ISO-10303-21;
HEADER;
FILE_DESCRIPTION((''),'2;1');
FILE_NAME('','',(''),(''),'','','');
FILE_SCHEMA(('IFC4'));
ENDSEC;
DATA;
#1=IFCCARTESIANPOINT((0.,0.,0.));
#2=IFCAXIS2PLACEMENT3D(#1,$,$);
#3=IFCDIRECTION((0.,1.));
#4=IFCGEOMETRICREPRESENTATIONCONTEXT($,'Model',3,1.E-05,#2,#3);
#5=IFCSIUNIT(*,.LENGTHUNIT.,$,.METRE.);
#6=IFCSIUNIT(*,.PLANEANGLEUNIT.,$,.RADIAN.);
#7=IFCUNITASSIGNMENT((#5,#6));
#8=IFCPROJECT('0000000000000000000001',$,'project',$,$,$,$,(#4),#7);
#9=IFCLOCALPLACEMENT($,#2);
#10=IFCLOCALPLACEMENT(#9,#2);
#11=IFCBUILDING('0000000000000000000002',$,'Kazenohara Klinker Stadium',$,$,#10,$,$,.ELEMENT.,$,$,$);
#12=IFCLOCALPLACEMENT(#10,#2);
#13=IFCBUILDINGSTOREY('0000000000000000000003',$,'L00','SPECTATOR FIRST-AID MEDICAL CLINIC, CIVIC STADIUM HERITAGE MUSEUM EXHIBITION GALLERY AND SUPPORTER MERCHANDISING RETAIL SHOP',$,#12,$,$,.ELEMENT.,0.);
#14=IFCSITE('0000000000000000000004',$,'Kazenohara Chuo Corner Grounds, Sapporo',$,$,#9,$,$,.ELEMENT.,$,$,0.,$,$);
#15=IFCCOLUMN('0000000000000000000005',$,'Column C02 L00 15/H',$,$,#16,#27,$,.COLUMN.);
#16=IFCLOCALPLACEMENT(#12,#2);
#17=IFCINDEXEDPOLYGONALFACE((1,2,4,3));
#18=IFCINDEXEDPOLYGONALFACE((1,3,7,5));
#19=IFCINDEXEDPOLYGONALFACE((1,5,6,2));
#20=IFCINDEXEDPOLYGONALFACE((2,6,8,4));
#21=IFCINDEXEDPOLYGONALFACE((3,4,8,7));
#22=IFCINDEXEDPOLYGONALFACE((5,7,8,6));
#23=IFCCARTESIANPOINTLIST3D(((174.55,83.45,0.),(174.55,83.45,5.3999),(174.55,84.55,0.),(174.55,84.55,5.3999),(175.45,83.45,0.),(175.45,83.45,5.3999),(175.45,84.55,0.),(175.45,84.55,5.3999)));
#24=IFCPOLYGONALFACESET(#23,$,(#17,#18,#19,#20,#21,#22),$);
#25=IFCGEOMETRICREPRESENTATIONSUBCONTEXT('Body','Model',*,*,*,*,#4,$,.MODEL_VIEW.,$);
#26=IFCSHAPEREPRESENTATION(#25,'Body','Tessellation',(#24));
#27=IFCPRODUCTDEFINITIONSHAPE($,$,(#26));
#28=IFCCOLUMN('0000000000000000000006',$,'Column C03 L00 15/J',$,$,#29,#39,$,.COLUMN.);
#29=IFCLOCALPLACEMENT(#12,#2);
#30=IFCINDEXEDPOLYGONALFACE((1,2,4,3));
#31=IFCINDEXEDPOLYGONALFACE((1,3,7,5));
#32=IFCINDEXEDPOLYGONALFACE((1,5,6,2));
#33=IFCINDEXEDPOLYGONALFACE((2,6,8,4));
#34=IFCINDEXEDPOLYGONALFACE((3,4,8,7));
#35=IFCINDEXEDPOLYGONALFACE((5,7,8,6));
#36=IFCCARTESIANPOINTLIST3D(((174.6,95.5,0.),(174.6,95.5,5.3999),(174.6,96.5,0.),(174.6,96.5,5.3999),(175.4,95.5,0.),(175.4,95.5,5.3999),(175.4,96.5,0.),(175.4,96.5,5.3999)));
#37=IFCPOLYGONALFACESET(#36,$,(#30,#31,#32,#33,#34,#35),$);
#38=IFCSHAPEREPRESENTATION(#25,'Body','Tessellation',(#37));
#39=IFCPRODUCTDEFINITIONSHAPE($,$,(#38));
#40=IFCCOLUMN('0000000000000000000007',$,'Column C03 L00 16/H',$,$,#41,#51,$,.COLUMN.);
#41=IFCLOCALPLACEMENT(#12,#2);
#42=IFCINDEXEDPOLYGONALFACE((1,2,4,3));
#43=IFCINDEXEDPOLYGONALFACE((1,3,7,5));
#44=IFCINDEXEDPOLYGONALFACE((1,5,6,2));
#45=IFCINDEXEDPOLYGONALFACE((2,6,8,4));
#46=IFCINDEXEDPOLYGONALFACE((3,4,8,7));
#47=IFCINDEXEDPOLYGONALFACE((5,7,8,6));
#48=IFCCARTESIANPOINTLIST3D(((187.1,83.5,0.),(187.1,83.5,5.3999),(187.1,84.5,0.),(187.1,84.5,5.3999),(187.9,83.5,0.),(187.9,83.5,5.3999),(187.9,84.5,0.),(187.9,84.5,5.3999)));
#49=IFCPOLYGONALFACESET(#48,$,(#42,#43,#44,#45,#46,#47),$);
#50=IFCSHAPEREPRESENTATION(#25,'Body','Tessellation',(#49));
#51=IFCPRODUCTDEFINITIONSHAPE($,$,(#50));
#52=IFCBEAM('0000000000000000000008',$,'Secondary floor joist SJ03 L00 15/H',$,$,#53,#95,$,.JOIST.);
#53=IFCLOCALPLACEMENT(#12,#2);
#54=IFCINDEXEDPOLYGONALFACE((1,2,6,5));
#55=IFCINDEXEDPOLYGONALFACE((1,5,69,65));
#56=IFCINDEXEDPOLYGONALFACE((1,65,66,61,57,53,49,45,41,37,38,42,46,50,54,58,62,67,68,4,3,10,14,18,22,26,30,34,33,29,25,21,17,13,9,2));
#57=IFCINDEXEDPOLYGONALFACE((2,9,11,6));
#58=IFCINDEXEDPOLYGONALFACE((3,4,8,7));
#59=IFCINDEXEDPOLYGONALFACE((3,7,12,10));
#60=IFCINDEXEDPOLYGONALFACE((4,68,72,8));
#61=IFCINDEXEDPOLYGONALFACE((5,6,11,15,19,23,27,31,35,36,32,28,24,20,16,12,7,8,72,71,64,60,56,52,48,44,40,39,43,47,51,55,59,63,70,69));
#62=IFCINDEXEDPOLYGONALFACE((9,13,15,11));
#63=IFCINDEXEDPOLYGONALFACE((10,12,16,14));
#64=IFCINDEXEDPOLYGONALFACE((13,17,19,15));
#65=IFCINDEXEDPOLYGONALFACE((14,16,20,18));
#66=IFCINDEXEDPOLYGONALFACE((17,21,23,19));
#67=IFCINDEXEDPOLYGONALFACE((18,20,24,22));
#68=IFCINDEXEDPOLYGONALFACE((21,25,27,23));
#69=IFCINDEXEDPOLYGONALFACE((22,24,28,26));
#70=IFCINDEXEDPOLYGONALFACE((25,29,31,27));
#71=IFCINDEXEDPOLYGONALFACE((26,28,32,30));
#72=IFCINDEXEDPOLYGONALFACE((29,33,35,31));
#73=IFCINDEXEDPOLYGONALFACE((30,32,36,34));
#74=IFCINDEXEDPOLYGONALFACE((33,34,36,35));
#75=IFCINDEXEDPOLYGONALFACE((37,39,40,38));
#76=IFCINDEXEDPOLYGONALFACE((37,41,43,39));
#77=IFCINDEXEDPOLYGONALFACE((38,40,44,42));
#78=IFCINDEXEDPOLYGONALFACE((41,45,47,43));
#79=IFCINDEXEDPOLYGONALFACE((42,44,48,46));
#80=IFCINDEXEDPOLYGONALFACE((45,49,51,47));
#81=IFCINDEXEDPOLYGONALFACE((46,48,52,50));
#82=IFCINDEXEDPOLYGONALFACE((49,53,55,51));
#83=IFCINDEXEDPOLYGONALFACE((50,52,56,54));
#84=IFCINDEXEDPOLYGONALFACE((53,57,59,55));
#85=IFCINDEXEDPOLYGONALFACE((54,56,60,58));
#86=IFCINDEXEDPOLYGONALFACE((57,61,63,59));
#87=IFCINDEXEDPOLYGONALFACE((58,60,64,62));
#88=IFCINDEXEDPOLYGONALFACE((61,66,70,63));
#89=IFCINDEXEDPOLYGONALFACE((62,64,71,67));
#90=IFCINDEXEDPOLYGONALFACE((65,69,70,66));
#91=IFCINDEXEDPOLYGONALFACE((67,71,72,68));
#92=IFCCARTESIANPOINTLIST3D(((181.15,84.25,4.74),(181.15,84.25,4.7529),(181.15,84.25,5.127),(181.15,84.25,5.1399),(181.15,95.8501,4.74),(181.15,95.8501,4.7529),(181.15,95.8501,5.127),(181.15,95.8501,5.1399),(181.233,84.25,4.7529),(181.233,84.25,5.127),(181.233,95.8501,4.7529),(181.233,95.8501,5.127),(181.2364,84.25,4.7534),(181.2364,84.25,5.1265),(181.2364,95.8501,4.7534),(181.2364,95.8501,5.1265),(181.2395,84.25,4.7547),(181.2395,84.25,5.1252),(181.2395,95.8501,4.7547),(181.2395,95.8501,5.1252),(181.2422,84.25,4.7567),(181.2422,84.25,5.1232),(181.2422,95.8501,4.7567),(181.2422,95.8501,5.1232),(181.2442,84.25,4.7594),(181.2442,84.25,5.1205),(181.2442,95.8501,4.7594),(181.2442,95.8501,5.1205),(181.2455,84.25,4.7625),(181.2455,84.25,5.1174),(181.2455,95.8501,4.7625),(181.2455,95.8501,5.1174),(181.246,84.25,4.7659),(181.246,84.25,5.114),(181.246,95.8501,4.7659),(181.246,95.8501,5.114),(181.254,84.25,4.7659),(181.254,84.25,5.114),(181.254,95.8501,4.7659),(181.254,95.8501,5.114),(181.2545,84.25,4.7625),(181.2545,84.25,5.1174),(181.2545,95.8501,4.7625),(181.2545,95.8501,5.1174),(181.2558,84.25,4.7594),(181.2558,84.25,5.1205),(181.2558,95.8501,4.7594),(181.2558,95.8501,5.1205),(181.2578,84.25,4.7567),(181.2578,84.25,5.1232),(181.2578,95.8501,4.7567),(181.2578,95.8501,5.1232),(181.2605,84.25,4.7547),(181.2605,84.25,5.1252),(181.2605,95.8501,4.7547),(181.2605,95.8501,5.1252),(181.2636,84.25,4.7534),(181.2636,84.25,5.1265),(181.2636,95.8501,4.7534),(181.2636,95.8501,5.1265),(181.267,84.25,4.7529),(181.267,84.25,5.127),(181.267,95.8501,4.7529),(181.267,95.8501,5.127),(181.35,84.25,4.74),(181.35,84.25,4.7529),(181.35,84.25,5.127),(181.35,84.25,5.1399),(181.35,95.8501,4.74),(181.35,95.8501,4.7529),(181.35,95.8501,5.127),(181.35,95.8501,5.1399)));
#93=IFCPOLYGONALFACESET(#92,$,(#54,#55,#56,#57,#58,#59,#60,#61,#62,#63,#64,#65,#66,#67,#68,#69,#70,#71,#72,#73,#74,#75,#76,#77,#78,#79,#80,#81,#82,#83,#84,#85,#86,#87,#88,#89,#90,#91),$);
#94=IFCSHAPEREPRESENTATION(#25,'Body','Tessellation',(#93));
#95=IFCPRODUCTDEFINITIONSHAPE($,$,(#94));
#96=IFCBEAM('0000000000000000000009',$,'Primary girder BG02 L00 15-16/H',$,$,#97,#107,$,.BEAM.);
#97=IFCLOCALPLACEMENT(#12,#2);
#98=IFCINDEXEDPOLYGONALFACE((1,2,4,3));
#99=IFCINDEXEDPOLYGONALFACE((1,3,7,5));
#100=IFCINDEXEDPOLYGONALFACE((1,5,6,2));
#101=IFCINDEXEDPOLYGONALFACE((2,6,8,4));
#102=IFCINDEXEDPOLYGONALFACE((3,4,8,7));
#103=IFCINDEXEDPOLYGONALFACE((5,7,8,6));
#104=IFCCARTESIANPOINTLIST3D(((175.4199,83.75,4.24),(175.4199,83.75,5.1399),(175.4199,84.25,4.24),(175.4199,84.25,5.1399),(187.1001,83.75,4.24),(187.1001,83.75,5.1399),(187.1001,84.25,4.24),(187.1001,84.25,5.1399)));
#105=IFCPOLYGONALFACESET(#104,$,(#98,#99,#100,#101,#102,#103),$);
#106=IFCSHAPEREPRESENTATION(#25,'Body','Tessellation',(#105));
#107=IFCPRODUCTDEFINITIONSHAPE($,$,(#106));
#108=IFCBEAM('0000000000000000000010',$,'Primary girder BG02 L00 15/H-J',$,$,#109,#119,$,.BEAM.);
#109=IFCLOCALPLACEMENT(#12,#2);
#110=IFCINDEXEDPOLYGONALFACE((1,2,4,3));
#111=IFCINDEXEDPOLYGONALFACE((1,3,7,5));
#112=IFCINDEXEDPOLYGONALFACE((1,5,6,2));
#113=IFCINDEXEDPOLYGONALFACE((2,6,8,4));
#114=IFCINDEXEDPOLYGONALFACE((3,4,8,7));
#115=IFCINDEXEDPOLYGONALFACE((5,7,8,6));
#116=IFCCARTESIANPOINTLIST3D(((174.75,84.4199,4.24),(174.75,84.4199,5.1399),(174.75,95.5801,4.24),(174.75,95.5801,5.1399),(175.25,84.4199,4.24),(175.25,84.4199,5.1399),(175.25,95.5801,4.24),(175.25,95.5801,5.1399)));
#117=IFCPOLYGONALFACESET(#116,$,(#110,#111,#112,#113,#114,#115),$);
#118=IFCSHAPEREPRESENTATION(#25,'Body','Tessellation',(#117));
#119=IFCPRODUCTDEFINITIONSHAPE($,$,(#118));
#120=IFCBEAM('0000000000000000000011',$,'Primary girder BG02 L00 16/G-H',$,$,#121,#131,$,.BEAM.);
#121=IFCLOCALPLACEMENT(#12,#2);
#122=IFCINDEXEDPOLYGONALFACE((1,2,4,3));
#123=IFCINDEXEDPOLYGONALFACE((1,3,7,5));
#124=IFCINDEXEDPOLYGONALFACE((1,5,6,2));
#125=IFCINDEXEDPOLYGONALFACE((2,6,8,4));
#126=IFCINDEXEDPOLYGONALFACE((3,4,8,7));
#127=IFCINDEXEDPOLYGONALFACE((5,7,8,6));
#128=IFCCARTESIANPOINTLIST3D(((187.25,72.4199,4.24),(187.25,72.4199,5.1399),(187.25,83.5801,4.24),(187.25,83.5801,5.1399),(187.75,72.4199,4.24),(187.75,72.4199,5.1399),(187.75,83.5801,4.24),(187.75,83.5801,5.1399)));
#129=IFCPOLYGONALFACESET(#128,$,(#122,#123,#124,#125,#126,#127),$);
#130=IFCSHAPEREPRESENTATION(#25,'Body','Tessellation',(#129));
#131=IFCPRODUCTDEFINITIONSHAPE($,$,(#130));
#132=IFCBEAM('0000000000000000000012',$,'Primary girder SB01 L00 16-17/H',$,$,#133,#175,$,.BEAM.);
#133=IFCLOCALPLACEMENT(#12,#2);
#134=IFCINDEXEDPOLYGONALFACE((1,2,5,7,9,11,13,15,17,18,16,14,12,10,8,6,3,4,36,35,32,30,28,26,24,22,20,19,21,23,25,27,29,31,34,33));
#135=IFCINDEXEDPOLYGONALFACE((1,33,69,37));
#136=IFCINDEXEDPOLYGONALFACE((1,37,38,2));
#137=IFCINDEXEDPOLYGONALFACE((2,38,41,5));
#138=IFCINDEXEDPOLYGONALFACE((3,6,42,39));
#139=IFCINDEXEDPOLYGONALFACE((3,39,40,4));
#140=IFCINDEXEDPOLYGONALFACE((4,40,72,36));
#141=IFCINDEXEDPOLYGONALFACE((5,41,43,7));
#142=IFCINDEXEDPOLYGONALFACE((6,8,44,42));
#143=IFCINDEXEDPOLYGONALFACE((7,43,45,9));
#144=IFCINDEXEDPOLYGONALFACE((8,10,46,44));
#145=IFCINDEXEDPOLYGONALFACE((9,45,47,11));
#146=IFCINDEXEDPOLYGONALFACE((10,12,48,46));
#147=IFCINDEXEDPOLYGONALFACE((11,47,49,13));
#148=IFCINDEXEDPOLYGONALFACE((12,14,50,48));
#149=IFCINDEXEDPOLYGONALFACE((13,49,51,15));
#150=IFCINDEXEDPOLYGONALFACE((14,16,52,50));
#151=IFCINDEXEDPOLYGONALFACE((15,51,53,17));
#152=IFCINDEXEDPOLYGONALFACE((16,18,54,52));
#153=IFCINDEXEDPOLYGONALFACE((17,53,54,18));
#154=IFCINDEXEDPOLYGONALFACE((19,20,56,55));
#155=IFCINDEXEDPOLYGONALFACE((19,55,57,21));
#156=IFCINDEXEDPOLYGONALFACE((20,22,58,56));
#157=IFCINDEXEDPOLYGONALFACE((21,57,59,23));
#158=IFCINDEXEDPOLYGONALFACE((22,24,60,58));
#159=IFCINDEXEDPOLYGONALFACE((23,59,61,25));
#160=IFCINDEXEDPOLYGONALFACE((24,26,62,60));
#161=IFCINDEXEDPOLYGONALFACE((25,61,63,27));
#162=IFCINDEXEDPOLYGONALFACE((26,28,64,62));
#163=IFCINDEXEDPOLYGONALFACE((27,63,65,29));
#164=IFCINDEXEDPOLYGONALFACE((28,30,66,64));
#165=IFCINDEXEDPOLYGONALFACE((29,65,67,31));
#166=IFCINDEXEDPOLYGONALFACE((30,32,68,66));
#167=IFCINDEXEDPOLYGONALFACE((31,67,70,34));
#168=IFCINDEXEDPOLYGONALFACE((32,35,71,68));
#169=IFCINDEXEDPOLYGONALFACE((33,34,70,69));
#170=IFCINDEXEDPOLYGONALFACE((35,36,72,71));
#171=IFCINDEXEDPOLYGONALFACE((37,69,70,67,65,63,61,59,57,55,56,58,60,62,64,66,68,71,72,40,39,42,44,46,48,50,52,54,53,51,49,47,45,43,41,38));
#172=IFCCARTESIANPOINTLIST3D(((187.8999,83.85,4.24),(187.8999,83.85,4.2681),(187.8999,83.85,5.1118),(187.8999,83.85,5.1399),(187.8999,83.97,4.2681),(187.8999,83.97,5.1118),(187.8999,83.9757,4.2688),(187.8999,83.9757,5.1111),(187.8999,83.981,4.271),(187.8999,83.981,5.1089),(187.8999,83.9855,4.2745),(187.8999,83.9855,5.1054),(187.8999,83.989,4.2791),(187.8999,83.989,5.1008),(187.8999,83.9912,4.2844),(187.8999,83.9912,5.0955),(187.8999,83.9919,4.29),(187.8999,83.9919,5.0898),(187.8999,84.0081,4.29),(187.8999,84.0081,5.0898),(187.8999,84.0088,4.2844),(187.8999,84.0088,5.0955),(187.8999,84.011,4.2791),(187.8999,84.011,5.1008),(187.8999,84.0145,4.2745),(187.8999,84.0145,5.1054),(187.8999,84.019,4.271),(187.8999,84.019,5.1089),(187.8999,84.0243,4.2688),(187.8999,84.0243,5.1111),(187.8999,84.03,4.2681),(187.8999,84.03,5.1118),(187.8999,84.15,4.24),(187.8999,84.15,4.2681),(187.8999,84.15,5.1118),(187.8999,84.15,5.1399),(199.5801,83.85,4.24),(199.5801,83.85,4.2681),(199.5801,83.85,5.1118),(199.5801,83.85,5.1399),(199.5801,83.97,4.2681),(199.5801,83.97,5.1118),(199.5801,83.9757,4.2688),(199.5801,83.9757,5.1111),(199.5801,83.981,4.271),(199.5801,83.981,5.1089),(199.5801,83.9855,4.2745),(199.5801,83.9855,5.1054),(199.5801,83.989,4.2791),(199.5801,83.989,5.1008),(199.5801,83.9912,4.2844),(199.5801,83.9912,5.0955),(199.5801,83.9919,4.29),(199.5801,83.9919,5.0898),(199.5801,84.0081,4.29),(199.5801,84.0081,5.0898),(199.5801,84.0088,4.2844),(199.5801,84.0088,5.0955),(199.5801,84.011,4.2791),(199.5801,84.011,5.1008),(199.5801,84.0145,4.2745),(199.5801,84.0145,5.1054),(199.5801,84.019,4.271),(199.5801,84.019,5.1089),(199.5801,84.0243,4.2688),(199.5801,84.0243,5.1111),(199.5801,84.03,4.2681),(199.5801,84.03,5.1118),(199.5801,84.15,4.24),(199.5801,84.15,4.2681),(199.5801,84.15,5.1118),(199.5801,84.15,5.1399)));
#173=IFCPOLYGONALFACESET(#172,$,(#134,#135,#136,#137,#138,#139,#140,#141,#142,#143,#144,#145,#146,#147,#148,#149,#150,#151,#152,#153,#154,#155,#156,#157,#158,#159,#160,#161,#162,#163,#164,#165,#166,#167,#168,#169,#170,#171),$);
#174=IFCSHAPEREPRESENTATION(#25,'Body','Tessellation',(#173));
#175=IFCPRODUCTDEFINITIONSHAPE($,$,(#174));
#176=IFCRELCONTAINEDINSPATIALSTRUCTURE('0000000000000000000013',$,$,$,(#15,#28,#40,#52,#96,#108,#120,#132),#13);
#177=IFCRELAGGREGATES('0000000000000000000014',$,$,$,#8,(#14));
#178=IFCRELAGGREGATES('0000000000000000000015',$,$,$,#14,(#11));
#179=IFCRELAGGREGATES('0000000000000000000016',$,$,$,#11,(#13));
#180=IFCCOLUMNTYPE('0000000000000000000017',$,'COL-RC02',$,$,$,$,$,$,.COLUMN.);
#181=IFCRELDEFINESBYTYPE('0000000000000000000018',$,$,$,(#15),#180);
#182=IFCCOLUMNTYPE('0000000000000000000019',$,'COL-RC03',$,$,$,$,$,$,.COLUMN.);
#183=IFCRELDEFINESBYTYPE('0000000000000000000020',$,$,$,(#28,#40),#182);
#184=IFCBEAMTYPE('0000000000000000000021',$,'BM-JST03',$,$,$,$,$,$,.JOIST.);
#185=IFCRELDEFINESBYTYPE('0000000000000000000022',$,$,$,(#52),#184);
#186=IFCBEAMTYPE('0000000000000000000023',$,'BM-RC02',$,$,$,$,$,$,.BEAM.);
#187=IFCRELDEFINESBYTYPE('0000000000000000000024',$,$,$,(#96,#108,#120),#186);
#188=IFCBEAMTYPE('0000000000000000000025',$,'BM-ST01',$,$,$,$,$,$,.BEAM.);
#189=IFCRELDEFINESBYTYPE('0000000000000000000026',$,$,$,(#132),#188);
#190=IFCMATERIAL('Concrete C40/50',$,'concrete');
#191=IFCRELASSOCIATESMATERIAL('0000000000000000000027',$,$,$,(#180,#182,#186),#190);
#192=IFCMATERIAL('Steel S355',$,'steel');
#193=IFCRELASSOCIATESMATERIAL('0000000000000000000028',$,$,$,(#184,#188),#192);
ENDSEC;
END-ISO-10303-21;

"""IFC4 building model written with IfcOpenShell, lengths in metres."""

from ifc_helpers import new_model, si_unit, direction, frame, origin, origin_2d, place, context, subcontext, project, spatial, rectangle, i_section, extrude, material, material_profile, profile_set, type_object, element, save


model = new_model("IFC4")

# Units and contexts
model_context = context("Model", 3, precision=1e-05, world=origin(), true_north=direction((0.0, 1.0)))
body_context = subcontext(model_context, "Body", "Model", "MODEL_VIEW")
ifc_project = project(units=[si_unit("LENGTHUNIT", "METRE"), si_unit("PLANEANGLEUNIT", "RADIAN")], contexts=[model_context])

# Site, building, storey
site_placement = place(None, origin())
site = spatial("IfcSite", under=ifc_project, at=site_placement, Name="Kazenohara Chuo Corner Grounds, Sapporo", CompositionType="ELEMENT", RefElevation=0.0)
building_placement = place(site_placement, origin())
building = spatial("IfcBuilding", under=site, at=building_placement, Name="Kazenohara Klinker Stadium", CompositionType="ELEMENT")
storey_placement = place(building_placement, origin())
storey = spatial("IfcBuildingStorey", under=building, at=storey_placement, Name="L00", Description="SPECTATOR FIRST-AID MEDICAL CLINIC, CIVIC STADIUM HERITAGE MUSEUM EXHIBITION GALLERY AND SUPPORTER MERCHANDISING RETAIL SHOP", CompositionType="ELEMENT", Elevation=0.0)

# Columns
ifc_material_1 = material(Name="Concrete C40/50", Category="concrete")
ifc_material_profile_1 = material_profile(ifc_material_1, rectangle(XDim=0.8999, YDim=1.1001, at=origin_2d()), Name="RC-COL-1100x900")
ifc_profile_set_1 = profile_set([ifc_material_profile_1], Name="Concrete C40/50")
column_type_1 = type_object("IfcColumnType", Name="COL-RC02", PredefinedType="COLUMN", material=ifc_profile_set_1)
column_placement = place(storey_placement, frame((175.0, 84.0, 0.0), z_axis=(0.0, 0.0, 1.0), x_axis=(1.0, 0.0, 0.0)))
element("IfcColumn", 1, at=column_placement, inside=storey, type_object=column_type_1, Name="Column C02 L00 15/H", PredefinedType="COLUMN", context=body_context, shape_type="SweptSolid", body=[
    extrude(rectangle(XDim=0.8999, YDim=1.1001, at=origin_2d()), origin(), (0.0, 0.0, 1.0), 5.3999),
])
ifc_material_profile_2 = material_profile(ifc_material_1, rectangle(XDim=0.8, YDim=1.0, at=origin_2d()), Name="RC-COL-1000x800")
ifc_profile_set_2 = profile_set([ifc_material_profile_2], Name="Concrete C40/50")
column_type_2 = type_object("IfcColumnType", Name="COL-RC03", PredefinedType="COLUMN", material=ifc_profile_set_2)
for number, where, z_axis, x_axis, name in (
    (2, (175.0, 96.0, 0.0), (0.0, 0.0, 1.0), (1.0, 0.0, 0.0), "Column C03 L00 15/J"),
    (3, (187.5, 84.0, 0.0), (0.0, 0.0, 1.0), (1.0, 0.0, 0.0), "Column C03 L00 16/H"),
):
    element("IfcColumn", number, at=place(storey_placement, frame(where, z_axis=z_axis, x_axis=x_axis)), inside=storey, type_object=column_type_2, Name=name, PredefinedType="COLUMN", context=body_context, shape_type="SweptSolid", body=[
        extrude(rectangle(XDim=0.8, YDim=1.0, at=origin_2d()), origin(), (0.0, 0.0, 1.0), 5.3999),
    ])

# Beams
ifc_material_2 = material(Name="Steel S355", Category="steel")
ifc_material_profile_3 = material_profile(ifc_material_2, i_section(OverallWidth=0.2, OverallDepth=0.3999, WebThickness=0.0081, FlangeThickness=0.0129, FilletRadius=0.0129, at=origin_2d()), Name="H-400x200x8x13")
ifc_profile_set_3 = profile_set([ifc_material_profile_3], Name="Steel S355")
beam_type_1 = type_object("IfcBeamType", Name="BM-JST03", PredefinedType="JOIST", material=ifc_profile_set_3)
beam_1_placement = place(storey_placement, frame((181.25, 84.25, 4.9399), z_axis=(0.0, 1.0, 0.0), x_axis=(-1.0, 0.0, 0.0)))
element("IfcBeam", 4, at=beam_1_placement, inside=storey, type_object=beam_type_1, Name="Secondary floor joist SJ03 L00 15/H", PredefinedType="JOIST", context=body_context, shape_type="SweptSolid", body=[
    extrude(i_section(OverallWidth=0.2, OverallDepth=0.3999, WebThickness=0.0081, FlangeThickness=0.0129, FilletRadius=0.0129, at=origin_2d()), origin(), (0.0, 0.0, 1.0), 11.6001),
])
ifc_material_profile_4 = material_profile(ifc_material_1, rectangle(XDim=0.5, YDim=0.8999, at=origin_2d()), Name="RC-BM-500x900")
ifc_profile_set_4 = profile_set([ifc_material_profile_4], Name="Concrete C40/50")
beam_type_2 = type_object("IfcBeamType", Name="BM-RC02", PredefinedType="BEAM", material=ifc_profile_set_4)
beam_2_placement = place(storey_placement, frame((175.4199, 84.0, 4.6899), z_axis=(1.0, 0.0, 0.0), x_axis=(0.0, 1.0, 0.0)))
element("IfcBeam", 5, at=beam_2_placement, inside=storey, type_object=beam_type_2, Name="Primary girder BG02 L00 15-16/H", PredefinedType="BEAM", context=body_context, shape_type="SweptSolid", body=[
    extrude(rectangle(XDim=0.5, YDim=0.8999, at=origin_2d()), origin(), (0.0, 0.0, 1.0), 11.6802),
])
for number, where, z_axis, x_axis, name in (
    (6, (175.0, 84.4199, 4.6899), (0.0, 1.0, 0.0), (-1.0, 0.0, 0.0), "Primary girder BG02 L00 15/H-J"),
    (7, (187.5, 72.4199, 4.6899), (0.0, 1.0, 0.0), (-1.0, 0.0, 0.0), "Primary girder BG02 L00 16/G-H"),
):
    element("IfcBeam", number, at=place(storey_placement, frame(where, z_axis=z_axis, x_axis=x_axis)), inside=storey, type_object=beam_type_2, Name=name, PredefinedType="BEAM", context=body_context, shape_type="SweptSolid", body=[
        extrude(rectangle(XDim=0.5, YDim=0.8999, at=origin_2d()), origin(), (0.0, 0.0, 1.0), 11.1602),
    ])
ifc_material_profile_5 = material_profile(ifc_material_2, i_section(OverallWidth=0.3, OverallDepth=0.8999, WebThickness=0.0161, FlangeThickness=0.0281, FilletRadius=0.022, at=origin_2d()), Name="H-900x300x16x28")
ifc_profile_set_5 = profile_set([ifc_material_profile_5], Name="Steel S355")
beam_type_3 = type_object("IfcBeamType", Name="BM-ST01", PredefinedType="BEAM", material=ifc_profile_set_5)
beam_3_placement = place(storey_placement, frame((187.8999, 84.0, 4.6899), z_axis=(1.0, 0.0, 0.0), x_axis=(0.0, 1.0, 0.0)))
element("IfcBeam", 8, at=beam_3_placement, inside=storey, type_object=beam_type_3, Name="Primary girder SB01 L00 16-17/H", PredefinedType="BEAM", context=body_context, shape_type="SweptSolid", body=[
    extrude(i_section(OverallWidth=0.3, OverallDepth=0.8999, WebThickness=0.0161, FlangeThickness=0.0281, FilletRadius=0.022, at=origin_2d()), origin(), (0.0, 0.0, 1.0), 11.6802),
])

save(model, "model.ifc")
